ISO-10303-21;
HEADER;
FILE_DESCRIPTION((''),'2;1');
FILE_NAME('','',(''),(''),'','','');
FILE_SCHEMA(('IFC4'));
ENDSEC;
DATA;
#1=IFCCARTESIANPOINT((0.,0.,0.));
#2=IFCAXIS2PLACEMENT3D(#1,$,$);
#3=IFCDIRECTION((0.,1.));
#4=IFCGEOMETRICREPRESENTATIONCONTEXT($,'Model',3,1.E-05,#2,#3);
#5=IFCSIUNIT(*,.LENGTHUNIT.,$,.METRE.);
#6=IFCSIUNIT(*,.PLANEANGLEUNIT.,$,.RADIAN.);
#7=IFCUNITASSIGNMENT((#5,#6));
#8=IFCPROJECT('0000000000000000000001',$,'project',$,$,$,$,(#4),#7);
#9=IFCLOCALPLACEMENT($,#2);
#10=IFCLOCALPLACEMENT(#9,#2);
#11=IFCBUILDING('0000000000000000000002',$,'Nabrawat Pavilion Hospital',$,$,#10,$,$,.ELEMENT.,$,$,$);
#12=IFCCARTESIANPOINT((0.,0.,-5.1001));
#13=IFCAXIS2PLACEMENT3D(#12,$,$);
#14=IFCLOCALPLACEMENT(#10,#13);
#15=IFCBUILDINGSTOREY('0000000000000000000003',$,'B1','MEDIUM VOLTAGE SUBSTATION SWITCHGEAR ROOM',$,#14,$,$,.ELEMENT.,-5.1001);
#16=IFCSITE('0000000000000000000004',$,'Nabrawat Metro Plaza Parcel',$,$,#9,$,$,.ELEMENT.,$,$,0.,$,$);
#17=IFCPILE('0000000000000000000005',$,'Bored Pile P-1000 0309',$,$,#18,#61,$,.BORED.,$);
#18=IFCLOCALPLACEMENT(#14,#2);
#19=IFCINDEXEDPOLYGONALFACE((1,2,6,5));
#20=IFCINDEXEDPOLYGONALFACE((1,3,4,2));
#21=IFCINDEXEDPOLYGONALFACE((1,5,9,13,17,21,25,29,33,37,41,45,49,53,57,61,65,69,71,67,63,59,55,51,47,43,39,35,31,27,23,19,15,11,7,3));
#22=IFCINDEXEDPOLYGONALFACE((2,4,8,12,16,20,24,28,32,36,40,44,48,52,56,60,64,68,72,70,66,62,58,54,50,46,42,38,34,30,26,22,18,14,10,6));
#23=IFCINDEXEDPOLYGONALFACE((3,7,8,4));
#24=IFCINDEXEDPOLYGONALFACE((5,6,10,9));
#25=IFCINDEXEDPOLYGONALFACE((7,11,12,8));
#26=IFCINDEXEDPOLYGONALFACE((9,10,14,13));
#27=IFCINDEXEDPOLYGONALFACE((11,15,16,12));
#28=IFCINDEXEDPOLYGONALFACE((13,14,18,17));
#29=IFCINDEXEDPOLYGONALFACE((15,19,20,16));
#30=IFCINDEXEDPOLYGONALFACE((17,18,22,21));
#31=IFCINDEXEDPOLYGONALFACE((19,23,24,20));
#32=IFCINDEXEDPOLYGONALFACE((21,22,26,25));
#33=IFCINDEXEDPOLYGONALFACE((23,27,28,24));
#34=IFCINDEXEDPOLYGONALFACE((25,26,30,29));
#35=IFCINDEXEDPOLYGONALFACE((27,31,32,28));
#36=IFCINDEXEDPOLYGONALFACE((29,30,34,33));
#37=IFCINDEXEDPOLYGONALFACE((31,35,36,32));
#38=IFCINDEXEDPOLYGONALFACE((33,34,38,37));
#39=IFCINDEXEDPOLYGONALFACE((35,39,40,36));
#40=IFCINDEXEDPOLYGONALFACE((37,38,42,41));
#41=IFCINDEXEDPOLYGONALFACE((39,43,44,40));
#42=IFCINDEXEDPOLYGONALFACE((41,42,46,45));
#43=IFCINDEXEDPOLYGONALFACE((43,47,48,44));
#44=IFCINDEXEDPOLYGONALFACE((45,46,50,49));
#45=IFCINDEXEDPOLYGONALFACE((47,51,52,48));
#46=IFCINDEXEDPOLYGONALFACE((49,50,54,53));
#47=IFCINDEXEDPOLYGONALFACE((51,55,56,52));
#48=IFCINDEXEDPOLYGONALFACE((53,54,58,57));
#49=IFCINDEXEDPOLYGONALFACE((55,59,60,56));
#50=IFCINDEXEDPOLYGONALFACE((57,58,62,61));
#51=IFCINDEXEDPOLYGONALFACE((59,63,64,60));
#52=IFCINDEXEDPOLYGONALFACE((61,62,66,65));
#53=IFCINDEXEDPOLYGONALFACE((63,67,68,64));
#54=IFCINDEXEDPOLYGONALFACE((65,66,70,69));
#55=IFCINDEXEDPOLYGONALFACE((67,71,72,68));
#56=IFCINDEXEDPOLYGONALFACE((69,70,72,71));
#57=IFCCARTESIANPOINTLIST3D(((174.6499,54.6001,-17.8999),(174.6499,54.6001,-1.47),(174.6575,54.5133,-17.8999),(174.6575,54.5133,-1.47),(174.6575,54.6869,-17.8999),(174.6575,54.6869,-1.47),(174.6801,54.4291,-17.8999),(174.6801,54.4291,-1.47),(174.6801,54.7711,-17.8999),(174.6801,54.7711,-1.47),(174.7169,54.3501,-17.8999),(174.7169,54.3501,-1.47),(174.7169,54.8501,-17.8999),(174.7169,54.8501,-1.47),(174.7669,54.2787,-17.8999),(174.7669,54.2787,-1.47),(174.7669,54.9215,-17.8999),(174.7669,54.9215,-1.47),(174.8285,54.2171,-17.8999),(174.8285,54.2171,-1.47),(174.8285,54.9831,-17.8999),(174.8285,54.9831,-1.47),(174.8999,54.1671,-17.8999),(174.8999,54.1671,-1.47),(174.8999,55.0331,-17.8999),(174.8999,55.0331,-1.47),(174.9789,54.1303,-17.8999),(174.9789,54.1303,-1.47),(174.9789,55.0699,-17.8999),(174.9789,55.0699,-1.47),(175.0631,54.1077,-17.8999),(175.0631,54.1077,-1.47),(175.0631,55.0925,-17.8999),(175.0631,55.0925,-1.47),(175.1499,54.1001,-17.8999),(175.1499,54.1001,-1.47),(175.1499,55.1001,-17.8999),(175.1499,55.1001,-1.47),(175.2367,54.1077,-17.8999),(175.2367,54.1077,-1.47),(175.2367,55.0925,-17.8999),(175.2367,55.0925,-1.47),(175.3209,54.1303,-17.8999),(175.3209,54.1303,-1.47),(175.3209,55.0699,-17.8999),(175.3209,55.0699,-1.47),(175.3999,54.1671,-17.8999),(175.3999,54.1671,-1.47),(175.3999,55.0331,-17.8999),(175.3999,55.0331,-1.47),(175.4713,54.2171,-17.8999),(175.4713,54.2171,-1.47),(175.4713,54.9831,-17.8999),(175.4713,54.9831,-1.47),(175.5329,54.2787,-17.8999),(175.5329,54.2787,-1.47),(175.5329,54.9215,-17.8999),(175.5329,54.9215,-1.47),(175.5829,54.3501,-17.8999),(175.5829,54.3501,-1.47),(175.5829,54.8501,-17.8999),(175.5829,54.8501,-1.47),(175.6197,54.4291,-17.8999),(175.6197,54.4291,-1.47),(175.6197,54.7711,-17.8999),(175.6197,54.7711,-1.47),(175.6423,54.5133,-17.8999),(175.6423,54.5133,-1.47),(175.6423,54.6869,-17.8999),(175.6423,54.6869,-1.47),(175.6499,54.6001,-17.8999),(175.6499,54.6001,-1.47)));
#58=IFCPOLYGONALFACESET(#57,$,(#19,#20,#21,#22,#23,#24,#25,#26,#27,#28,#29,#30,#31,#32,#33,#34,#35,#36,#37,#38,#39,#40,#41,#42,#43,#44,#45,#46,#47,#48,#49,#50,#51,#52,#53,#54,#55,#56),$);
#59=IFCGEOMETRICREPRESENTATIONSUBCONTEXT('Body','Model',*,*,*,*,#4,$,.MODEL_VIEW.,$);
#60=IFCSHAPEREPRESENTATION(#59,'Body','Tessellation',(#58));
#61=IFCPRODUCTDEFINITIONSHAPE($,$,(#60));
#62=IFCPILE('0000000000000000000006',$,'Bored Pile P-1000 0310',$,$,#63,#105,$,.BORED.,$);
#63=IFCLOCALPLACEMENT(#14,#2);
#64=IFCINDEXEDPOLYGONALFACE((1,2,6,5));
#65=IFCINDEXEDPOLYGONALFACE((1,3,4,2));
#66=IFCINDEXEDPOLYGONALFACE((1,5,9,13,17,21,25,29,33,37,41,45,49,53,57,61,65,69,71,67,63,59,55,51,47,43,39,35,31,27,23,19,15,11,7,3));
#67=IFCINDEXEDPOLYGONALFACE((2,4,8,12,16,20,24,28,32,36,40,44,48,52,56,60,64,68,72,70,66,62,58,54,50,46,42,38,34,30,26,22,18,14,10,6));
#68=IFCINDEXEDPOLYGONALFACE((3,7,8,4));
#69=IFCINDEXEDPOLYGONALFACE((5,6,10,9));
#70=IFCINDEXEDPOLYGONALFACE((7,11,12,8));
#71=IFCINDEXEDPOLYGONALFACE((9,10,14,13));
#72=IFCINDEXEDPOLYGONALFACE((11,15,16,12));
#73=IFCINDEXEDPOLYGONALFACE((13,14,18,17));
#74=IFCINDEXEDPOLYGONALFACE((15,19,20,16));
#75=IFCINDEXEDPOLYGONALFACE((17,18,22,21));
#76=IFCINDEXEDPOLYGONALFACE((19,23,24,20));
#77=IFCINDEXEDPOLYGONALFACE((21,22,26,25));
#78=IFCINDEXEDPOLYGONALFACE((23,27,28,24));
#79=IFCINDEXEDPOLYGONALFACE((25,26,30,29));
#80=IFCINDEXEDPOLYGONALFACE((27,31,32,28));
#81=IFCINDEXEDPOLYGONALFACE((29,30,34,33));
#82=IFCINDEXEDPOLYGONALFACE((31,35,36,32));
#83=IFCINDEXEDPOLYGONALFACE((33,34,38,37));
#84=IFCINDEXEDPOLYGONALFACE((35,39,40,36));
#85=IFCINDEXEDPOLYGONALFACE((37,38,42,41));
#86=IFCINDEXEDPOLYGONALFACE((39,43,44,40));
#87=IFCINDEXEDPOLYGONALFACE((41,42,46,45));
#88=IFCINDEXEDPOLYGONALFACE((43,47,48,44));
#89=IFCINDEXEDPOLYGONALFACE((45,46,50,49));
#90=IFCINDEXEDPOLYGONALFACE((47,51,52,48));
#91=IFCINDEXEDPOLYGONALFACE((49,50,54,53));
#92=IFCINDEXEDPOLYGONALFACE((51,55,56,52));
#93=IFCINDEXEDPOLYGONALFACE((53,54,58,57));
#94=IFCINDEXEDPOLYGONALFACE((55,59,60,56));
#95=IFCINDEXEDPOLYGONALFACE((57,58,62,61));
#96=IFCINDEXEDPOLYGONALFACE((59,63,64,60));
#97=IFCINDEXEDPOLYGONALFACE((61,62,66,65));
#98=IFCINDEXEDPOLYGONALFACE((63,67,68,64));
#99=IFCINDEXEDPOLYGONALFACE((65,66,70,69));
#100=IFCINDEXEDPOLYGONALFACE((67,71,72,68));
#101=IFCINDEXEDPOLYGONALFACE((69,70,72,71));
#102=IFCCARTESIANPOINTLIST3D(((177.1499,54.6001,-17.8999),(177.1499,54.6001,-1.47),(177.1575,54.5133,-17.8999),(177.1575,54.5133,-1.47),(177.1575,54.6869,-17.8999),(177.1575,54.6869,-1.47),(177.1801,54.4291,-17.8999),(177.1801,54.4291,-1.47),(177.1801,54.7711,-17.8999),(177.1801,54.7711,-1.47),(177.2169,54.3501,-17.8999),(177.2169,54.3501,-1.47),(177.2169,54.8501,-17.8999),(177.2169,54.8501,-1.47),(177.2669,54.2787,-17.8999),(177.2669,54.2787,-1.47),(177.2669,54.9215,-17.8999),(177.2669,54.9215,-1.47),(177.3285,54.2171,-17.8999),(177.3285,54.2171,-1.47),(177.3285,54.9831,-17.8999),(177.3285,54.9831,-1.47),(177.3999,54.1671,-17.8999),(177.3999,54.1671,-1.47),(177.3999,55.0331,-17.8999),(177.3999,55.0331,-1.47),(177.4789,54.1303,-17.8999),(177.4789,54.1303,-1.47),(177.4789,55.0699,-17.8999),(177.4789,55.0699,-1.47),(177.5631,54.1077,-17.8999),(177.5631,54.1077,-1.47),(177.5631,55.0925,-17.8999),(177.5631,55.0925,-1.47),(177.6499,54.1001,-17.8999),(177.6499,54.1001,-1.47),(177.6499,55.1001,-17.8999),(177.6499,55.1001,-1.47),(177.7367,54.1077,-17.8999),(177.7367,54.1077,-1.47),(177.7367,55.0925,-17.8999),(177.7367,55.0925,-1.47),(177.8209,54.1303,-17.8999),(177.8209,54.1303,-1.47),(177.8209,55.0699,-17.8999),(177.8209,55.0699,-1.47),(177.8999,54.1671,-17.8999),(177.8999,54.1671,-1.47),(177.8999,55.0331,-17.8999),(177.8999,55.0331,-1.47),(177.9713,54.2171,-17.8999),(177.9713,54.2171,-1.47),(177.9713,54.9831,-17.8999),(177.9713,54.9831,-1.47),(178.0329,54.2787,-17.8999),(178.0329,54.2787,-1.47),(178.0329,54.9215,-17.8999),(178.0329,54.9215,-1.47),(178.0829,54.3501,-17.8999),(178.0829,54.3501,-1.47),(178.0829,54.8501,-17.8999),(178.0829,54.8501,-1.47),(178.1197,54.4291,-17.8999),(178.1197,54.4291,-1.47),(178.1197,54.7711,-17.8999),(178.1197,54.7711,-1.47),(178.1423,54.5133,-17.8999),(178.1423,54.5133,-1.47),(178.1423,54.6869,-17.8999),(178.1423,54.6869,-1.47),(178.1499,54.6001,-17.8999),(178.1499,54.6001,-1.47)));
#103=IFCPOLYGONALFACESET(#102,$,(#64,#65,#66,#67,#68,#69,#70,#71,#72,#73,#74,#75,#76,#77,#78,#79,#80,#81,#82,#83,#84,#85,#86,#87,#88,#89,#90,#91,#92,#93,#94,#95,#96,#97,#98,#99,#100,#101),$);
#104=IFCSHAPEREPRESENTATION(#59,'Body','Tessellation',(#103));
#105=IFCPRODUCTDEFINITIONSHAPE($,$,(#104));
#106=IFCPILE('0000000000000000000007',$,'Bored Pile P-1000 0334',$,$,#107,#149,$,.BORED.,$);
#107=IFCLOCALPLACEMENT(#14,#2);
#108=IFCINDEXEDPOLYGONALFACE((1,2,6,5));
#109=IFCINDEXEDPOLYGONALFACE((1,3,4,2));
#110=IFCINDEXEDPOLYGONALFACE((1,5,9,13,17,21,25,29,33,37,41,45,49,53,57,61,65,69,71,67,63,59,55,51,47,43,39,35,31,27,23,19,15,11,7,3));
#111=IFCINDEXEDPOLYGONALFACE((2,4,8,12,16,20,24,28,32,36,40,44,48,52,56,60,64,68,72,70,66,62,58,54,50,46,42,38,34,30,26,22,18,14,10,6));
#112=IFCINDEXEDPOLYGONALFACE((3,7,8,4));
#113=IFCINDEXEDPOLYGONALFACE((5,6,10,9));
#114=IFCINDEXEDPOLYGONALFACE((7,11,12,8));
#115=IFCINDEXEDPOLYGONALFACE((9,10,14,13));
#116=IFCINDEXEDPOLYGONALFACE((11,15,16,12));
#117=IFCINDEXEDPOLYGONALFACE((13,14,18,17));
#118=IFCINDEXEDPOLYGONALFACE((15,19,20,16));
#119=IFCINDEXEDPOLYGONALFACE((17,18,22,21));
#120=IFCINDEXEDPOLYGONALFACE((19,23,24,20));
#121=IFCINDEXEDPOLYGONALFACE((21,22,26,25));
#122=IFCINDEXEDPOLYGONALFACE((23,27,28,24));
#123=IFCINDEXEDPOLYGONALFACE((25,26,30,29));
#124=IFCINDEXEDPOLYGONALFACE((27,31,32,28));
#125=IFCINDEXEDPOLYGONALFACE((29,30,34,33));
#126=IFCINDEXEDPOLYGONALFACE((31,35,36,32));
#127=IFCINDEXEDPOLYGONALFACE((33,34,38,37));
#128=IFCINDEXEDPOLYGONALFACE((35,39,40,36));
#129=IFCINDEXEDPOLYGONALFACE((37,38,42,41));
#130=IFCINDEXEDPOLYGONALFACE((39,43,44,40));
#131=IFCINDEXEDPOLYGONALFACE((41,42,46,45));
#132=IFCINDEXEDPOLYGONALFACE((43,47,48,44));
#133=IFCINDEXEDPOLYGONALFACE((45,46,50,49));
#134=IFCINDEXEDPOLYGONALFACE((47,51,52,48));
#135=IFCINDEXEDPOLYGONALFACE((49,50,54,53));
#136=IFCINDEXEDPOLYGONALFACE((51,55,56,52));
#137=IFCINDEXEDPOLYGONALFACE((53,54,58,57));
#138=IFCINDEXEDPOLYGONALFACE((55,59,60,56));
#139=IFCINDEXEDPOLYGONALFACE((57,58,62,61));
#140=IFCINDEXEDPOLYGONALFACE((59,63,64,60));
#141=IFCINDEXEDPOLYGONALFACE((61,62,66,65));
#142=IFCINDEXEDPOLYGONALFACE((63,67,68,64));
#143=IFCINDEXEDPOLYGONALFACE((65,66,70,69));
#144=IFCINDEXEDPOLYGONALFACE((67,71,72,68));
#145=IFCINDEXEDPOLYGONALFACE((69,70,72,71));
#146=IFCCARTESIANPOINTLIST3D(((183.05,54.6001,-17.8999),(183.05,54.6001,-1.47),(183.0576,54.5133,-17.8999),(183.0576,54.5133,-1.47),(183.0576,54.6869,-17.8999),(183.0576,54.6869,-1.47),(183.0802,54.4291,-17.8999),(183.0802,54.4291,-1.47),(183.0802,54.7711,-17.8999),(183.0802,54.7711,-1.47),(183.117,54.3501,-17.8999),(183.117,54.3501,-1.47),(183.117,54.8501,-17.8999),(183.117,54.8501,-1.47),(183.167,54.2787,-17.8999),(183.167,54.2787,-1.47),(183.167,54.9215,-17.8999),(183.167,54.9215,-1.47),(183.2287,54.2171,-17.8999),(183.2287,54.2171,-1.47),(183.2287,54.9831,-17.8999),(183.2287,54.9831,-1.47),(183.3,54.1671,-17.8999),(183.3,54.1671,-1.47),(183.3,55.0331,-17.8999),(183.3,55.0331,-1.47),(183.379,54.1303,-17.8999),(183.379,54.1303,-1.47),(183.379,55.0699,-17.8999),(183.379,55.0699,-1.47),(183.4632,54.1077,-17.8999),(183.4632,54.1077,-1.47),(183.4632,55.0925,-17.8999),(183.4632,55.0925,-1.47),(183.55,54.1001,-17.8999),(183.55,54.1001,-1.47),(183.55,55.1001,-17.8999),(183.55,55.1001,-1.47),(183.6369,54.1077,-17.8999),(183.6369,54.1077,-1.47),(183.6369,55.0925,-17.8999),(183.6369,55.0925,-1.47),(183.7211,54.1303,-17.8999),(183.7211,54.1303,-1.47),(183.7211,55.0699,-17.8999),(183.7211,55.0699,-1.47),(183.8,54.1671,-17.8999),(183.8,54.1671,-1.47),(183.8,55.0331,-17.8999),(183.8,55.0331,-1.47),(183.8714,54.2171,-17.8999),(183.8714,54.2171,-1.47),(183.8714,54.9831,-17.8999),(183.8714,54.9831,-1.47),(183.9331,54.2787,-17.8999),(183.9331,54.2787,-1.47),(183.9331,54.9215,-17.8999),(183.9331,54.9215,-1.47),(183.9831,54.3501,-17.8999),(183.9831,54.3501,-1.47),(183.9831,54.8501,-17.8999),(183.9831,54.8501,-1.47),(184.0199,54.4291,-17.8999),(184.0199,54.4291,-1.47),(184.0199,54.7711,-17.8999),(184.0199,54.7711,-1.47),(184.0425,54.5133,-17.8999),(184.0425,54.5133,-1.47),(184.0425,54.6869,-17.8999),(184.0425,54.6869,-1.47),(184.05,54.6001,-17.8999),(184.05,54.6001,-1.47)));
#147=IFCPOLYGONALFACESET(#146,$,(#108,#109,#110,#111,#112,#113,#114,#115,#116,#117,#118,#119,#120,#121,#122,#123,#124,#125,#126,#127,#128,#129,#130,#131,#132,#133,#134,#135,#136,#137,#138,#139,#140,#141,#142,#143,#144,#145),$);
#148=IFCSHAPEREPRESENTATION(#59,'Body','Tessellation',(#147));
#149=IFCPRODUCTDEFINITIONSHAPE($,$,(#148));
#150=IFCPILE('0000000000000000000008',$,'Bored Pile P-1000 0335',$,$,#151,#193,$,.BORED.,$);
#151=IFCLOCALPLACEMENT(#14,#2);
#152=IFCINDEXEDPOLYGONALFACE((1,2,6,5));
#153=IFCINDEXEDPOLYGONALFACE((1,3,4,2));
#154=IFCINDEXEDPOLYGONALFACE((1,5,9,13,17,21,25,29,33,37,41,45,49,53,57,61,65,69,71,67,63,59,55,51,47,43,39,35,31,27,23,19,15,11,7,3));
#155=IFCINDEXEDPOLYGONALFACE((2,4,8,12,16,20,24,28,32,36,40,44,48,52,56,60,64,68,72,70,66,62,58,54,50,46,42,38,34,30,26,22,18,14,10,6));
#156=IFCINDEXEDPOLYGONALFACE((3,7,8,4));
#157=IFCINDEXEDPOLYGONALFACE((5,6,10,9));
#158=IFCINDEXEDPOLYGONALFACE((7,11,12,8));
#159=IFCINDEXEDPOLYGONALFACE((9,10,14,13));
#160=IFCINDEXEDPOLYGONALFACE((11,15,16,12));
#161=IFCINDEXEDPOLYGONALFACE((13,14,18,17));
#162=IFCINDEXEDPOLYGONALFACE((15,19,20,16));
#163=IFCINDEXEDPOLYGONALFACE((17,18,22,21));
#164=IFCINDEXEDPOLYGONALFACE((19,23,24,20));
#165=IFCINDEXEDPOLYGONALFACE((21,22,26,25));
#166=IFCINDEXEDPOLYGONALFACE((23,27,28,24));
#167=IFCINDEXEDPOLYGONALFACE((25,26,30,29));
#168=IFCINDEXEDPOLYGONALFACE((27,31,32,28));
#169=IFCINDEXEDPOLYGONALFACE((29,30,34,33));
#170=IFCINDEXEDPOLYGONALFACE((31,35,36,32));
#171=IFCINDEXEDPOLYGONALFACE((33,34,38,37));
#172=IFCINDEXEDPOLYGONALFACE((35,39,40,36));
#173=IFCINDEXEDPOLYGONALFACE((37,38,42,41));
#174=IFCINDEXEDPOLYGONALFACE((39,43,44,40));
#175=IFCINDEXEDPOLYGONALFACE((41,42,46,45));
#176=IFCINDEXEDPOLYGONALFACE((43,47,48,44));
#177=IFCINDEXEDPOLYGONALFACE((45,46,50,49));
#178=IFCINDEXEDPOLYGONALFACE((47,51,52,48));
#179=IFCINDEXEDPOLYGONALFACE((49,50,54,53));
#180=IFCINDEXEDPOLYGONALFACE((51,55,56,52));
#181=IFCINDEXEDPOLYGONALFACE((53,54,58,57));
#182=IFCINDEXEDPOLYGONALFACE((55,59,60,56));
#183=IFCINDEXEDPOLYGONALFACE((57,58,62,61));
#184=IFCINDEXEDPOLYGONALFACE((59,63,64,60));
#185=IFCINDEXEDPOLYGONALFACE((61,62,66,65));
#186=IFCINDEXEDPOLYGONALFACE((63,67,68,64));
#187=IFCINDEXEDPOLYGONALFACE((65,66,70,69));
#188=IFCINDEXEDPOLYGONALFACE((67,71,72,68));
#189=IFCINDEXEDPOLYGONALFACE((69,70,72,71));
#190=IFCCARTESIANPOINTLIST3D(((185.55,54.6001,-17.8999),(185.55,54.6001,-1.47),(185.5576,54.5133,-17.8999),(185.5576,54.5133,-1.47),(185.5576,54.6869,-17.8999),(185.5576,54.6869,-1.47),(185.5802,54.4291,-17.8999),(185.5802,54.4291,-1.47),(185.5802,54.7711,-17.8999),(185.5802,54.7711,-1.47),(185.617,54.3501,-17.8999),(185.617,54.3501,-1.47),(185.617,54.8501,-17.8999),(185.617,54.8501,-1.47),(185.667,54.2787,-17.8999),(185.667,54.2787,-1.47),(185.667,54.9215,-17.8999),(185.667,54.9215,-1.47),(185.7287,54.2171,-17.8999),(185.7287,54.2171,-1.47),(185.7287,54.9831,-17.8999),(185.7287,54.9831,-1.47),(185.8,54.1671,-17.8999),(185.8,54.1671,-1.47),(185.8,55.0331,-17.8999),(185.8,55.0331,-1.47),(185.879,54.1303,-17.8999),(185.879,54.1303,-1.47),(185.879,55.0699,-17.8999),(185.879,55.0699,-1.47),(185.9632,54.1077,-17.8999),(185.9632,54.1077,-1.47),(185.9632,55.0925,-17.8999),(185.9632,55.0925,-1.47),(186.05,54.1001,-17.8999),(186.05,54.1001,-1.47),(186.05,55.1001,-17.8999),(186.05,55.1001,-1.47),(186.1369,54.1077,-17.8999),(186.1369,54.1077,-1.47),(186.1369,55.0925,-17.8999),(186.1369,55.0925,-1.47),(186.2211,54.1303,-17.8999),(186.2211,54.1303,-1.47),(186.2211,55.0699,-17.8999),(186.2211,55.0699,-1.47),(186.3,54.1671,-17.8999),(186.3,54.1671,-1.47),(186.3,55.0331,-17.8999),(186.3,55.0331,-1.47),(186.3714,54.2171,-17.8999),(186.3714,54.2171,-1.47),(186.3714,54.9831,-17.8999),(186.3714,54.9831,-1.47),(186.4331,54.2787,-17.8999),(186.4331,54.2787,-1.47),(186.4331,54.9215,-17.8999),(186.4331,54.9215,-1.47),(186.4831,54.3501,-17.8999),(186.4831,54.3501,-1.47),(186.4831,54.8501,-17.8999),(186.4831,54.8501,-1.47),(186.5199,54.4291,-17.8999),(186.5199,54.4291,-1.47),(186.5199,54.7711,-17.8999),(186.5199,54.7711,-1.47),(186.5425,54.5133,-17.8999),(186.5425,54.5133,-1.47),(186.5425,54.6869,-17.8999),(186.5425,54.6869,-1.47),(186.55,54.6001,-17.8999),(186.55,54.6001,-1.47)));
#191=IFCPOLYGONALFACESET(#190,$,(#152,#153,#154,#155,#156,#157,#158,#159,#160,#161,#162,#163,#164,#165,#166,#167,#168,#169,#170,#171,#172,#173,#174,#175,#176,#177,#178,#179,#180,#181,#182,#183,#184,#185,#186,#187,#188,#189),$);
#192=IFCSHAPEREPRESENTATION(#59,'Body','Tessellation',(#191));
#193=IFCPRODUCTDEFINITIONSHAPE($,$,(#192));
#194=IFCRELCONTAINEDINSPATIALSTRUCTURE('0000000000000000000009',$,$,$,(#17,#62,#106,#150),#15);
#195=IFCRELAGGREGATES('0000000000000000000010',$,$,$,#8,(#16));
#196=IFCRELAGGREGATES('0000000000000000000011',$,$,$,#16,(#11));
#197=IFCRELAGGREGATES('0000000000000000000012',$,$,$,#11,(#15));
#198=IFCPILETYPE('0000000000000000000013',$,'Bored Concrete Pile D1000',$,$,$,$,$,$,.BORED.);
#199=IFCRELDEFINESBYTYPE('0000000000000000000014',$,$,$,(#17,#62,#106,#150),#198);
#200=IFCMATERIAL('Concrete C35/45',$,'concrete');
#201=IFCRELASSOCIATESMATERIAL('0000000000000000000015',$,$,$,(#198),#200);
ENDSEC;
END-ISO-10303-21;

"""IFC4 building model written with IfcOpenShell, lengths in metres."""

from ifc_helpers import new_model, si_unit, direction, frame, origin, origin_2d, place, context, subcontext, project, spatial, circle, extrude, material, material_profile, profile_set, type_object, element, save


model = new_model("IFC4")

# Units and contexts
model_context = context("Model", 3, precision=1e-05, world=origin(), true_north=direction((0.0, 1.0)))
body_context = subcontext(model_context, "Body", "Model", "MODEL_VIEW")
ifc_project = project(units=[si_unit("LENGTHUNIT", "METRE"), si_unit("PLANEANGLEUNIT", "RADIAN")], contexts=[model_context])

# Site, building, storey
site_placement = place(None, origin())
site = spatial("IfcSite", under=ifc_project, at=site_placement, Name="Nabrawat Metro Plaza Parcel", CompositionType="ELEMENT", RefElevation=0.0)
building_placement = place(site_placement, origin())
building = spatial("IfcBuilding", under=site, at=building_placement, Name="Nabrawat Pavilion Hospital", CompositionType="ELEMENT")
storey_placement = place(building_placement, frame((0.0, 0.0, -5.1001)))
storey = spatial("IfcBuildingStorey", under=building, at=storey_placement, Name="B1", Description="MEDIUM VOLTAGE SUBSTATION SWITCHGEAR ROOM", CompositionType="ELEMENT", Elevation=-5.1001)

# Piles
ifc_material_1 = material(Name="Concrete C35/45", Category="concrete")
ifc_material_profile_1 = material_profile(ifc_material_1, circle(Radius=0.5, at=origin_2d()), Name="DIA 1000")
ifc_profile_set_1 = profile_set([ifc_material_profile_1], Name="Concrete C35/45")
pile_type_1 = type_object("IfcPileType", Name="Bored Concrete Pile D1000", PredefinedType="BORED", material=ifc_profile_set_1)
for number, where, z_axis, x_axis, name in (
    (1, (175.1499, 54.6001, -1.47), (0.0, 0.0, -1.0), (1.0, 0.0, 0.0), "Bored Pile P-1000 0309"),
    (2, (177.6499, 54.6001, -1.47), (0.0, 0.0, -1.0), (1.0, 0.0, 0.0), "Bored Pile P-1000 0310"),
    (3, (183.55, 54.6001, -1.47), (0.0, 0.0, -1.0), (1.0, 0.0, 0.0), "Bored Pile P-1000 0334"),
    (4, (186.05, 54.6001, -1.47), (0.0, 0.0, -1.0), (1.0, 0.0, 0.0), "Bored Pile P-1000 0335"),
):
    element("IfcPile", number, at=place(storey_placement, frame(where, z_axis=z_axis, x_axis=x_axis)), inside=storey, type_object=pile_type_1, Name=name, PredefinedType="BORED", context=body_context, shape_type="SweptSolid", body=[
        extrude(circle(Radius=0.5, at=origin_2d()), origin(), (0.0, 0.0, 1.0), 16.4299),
    ])

save(model, "model.ifc")
